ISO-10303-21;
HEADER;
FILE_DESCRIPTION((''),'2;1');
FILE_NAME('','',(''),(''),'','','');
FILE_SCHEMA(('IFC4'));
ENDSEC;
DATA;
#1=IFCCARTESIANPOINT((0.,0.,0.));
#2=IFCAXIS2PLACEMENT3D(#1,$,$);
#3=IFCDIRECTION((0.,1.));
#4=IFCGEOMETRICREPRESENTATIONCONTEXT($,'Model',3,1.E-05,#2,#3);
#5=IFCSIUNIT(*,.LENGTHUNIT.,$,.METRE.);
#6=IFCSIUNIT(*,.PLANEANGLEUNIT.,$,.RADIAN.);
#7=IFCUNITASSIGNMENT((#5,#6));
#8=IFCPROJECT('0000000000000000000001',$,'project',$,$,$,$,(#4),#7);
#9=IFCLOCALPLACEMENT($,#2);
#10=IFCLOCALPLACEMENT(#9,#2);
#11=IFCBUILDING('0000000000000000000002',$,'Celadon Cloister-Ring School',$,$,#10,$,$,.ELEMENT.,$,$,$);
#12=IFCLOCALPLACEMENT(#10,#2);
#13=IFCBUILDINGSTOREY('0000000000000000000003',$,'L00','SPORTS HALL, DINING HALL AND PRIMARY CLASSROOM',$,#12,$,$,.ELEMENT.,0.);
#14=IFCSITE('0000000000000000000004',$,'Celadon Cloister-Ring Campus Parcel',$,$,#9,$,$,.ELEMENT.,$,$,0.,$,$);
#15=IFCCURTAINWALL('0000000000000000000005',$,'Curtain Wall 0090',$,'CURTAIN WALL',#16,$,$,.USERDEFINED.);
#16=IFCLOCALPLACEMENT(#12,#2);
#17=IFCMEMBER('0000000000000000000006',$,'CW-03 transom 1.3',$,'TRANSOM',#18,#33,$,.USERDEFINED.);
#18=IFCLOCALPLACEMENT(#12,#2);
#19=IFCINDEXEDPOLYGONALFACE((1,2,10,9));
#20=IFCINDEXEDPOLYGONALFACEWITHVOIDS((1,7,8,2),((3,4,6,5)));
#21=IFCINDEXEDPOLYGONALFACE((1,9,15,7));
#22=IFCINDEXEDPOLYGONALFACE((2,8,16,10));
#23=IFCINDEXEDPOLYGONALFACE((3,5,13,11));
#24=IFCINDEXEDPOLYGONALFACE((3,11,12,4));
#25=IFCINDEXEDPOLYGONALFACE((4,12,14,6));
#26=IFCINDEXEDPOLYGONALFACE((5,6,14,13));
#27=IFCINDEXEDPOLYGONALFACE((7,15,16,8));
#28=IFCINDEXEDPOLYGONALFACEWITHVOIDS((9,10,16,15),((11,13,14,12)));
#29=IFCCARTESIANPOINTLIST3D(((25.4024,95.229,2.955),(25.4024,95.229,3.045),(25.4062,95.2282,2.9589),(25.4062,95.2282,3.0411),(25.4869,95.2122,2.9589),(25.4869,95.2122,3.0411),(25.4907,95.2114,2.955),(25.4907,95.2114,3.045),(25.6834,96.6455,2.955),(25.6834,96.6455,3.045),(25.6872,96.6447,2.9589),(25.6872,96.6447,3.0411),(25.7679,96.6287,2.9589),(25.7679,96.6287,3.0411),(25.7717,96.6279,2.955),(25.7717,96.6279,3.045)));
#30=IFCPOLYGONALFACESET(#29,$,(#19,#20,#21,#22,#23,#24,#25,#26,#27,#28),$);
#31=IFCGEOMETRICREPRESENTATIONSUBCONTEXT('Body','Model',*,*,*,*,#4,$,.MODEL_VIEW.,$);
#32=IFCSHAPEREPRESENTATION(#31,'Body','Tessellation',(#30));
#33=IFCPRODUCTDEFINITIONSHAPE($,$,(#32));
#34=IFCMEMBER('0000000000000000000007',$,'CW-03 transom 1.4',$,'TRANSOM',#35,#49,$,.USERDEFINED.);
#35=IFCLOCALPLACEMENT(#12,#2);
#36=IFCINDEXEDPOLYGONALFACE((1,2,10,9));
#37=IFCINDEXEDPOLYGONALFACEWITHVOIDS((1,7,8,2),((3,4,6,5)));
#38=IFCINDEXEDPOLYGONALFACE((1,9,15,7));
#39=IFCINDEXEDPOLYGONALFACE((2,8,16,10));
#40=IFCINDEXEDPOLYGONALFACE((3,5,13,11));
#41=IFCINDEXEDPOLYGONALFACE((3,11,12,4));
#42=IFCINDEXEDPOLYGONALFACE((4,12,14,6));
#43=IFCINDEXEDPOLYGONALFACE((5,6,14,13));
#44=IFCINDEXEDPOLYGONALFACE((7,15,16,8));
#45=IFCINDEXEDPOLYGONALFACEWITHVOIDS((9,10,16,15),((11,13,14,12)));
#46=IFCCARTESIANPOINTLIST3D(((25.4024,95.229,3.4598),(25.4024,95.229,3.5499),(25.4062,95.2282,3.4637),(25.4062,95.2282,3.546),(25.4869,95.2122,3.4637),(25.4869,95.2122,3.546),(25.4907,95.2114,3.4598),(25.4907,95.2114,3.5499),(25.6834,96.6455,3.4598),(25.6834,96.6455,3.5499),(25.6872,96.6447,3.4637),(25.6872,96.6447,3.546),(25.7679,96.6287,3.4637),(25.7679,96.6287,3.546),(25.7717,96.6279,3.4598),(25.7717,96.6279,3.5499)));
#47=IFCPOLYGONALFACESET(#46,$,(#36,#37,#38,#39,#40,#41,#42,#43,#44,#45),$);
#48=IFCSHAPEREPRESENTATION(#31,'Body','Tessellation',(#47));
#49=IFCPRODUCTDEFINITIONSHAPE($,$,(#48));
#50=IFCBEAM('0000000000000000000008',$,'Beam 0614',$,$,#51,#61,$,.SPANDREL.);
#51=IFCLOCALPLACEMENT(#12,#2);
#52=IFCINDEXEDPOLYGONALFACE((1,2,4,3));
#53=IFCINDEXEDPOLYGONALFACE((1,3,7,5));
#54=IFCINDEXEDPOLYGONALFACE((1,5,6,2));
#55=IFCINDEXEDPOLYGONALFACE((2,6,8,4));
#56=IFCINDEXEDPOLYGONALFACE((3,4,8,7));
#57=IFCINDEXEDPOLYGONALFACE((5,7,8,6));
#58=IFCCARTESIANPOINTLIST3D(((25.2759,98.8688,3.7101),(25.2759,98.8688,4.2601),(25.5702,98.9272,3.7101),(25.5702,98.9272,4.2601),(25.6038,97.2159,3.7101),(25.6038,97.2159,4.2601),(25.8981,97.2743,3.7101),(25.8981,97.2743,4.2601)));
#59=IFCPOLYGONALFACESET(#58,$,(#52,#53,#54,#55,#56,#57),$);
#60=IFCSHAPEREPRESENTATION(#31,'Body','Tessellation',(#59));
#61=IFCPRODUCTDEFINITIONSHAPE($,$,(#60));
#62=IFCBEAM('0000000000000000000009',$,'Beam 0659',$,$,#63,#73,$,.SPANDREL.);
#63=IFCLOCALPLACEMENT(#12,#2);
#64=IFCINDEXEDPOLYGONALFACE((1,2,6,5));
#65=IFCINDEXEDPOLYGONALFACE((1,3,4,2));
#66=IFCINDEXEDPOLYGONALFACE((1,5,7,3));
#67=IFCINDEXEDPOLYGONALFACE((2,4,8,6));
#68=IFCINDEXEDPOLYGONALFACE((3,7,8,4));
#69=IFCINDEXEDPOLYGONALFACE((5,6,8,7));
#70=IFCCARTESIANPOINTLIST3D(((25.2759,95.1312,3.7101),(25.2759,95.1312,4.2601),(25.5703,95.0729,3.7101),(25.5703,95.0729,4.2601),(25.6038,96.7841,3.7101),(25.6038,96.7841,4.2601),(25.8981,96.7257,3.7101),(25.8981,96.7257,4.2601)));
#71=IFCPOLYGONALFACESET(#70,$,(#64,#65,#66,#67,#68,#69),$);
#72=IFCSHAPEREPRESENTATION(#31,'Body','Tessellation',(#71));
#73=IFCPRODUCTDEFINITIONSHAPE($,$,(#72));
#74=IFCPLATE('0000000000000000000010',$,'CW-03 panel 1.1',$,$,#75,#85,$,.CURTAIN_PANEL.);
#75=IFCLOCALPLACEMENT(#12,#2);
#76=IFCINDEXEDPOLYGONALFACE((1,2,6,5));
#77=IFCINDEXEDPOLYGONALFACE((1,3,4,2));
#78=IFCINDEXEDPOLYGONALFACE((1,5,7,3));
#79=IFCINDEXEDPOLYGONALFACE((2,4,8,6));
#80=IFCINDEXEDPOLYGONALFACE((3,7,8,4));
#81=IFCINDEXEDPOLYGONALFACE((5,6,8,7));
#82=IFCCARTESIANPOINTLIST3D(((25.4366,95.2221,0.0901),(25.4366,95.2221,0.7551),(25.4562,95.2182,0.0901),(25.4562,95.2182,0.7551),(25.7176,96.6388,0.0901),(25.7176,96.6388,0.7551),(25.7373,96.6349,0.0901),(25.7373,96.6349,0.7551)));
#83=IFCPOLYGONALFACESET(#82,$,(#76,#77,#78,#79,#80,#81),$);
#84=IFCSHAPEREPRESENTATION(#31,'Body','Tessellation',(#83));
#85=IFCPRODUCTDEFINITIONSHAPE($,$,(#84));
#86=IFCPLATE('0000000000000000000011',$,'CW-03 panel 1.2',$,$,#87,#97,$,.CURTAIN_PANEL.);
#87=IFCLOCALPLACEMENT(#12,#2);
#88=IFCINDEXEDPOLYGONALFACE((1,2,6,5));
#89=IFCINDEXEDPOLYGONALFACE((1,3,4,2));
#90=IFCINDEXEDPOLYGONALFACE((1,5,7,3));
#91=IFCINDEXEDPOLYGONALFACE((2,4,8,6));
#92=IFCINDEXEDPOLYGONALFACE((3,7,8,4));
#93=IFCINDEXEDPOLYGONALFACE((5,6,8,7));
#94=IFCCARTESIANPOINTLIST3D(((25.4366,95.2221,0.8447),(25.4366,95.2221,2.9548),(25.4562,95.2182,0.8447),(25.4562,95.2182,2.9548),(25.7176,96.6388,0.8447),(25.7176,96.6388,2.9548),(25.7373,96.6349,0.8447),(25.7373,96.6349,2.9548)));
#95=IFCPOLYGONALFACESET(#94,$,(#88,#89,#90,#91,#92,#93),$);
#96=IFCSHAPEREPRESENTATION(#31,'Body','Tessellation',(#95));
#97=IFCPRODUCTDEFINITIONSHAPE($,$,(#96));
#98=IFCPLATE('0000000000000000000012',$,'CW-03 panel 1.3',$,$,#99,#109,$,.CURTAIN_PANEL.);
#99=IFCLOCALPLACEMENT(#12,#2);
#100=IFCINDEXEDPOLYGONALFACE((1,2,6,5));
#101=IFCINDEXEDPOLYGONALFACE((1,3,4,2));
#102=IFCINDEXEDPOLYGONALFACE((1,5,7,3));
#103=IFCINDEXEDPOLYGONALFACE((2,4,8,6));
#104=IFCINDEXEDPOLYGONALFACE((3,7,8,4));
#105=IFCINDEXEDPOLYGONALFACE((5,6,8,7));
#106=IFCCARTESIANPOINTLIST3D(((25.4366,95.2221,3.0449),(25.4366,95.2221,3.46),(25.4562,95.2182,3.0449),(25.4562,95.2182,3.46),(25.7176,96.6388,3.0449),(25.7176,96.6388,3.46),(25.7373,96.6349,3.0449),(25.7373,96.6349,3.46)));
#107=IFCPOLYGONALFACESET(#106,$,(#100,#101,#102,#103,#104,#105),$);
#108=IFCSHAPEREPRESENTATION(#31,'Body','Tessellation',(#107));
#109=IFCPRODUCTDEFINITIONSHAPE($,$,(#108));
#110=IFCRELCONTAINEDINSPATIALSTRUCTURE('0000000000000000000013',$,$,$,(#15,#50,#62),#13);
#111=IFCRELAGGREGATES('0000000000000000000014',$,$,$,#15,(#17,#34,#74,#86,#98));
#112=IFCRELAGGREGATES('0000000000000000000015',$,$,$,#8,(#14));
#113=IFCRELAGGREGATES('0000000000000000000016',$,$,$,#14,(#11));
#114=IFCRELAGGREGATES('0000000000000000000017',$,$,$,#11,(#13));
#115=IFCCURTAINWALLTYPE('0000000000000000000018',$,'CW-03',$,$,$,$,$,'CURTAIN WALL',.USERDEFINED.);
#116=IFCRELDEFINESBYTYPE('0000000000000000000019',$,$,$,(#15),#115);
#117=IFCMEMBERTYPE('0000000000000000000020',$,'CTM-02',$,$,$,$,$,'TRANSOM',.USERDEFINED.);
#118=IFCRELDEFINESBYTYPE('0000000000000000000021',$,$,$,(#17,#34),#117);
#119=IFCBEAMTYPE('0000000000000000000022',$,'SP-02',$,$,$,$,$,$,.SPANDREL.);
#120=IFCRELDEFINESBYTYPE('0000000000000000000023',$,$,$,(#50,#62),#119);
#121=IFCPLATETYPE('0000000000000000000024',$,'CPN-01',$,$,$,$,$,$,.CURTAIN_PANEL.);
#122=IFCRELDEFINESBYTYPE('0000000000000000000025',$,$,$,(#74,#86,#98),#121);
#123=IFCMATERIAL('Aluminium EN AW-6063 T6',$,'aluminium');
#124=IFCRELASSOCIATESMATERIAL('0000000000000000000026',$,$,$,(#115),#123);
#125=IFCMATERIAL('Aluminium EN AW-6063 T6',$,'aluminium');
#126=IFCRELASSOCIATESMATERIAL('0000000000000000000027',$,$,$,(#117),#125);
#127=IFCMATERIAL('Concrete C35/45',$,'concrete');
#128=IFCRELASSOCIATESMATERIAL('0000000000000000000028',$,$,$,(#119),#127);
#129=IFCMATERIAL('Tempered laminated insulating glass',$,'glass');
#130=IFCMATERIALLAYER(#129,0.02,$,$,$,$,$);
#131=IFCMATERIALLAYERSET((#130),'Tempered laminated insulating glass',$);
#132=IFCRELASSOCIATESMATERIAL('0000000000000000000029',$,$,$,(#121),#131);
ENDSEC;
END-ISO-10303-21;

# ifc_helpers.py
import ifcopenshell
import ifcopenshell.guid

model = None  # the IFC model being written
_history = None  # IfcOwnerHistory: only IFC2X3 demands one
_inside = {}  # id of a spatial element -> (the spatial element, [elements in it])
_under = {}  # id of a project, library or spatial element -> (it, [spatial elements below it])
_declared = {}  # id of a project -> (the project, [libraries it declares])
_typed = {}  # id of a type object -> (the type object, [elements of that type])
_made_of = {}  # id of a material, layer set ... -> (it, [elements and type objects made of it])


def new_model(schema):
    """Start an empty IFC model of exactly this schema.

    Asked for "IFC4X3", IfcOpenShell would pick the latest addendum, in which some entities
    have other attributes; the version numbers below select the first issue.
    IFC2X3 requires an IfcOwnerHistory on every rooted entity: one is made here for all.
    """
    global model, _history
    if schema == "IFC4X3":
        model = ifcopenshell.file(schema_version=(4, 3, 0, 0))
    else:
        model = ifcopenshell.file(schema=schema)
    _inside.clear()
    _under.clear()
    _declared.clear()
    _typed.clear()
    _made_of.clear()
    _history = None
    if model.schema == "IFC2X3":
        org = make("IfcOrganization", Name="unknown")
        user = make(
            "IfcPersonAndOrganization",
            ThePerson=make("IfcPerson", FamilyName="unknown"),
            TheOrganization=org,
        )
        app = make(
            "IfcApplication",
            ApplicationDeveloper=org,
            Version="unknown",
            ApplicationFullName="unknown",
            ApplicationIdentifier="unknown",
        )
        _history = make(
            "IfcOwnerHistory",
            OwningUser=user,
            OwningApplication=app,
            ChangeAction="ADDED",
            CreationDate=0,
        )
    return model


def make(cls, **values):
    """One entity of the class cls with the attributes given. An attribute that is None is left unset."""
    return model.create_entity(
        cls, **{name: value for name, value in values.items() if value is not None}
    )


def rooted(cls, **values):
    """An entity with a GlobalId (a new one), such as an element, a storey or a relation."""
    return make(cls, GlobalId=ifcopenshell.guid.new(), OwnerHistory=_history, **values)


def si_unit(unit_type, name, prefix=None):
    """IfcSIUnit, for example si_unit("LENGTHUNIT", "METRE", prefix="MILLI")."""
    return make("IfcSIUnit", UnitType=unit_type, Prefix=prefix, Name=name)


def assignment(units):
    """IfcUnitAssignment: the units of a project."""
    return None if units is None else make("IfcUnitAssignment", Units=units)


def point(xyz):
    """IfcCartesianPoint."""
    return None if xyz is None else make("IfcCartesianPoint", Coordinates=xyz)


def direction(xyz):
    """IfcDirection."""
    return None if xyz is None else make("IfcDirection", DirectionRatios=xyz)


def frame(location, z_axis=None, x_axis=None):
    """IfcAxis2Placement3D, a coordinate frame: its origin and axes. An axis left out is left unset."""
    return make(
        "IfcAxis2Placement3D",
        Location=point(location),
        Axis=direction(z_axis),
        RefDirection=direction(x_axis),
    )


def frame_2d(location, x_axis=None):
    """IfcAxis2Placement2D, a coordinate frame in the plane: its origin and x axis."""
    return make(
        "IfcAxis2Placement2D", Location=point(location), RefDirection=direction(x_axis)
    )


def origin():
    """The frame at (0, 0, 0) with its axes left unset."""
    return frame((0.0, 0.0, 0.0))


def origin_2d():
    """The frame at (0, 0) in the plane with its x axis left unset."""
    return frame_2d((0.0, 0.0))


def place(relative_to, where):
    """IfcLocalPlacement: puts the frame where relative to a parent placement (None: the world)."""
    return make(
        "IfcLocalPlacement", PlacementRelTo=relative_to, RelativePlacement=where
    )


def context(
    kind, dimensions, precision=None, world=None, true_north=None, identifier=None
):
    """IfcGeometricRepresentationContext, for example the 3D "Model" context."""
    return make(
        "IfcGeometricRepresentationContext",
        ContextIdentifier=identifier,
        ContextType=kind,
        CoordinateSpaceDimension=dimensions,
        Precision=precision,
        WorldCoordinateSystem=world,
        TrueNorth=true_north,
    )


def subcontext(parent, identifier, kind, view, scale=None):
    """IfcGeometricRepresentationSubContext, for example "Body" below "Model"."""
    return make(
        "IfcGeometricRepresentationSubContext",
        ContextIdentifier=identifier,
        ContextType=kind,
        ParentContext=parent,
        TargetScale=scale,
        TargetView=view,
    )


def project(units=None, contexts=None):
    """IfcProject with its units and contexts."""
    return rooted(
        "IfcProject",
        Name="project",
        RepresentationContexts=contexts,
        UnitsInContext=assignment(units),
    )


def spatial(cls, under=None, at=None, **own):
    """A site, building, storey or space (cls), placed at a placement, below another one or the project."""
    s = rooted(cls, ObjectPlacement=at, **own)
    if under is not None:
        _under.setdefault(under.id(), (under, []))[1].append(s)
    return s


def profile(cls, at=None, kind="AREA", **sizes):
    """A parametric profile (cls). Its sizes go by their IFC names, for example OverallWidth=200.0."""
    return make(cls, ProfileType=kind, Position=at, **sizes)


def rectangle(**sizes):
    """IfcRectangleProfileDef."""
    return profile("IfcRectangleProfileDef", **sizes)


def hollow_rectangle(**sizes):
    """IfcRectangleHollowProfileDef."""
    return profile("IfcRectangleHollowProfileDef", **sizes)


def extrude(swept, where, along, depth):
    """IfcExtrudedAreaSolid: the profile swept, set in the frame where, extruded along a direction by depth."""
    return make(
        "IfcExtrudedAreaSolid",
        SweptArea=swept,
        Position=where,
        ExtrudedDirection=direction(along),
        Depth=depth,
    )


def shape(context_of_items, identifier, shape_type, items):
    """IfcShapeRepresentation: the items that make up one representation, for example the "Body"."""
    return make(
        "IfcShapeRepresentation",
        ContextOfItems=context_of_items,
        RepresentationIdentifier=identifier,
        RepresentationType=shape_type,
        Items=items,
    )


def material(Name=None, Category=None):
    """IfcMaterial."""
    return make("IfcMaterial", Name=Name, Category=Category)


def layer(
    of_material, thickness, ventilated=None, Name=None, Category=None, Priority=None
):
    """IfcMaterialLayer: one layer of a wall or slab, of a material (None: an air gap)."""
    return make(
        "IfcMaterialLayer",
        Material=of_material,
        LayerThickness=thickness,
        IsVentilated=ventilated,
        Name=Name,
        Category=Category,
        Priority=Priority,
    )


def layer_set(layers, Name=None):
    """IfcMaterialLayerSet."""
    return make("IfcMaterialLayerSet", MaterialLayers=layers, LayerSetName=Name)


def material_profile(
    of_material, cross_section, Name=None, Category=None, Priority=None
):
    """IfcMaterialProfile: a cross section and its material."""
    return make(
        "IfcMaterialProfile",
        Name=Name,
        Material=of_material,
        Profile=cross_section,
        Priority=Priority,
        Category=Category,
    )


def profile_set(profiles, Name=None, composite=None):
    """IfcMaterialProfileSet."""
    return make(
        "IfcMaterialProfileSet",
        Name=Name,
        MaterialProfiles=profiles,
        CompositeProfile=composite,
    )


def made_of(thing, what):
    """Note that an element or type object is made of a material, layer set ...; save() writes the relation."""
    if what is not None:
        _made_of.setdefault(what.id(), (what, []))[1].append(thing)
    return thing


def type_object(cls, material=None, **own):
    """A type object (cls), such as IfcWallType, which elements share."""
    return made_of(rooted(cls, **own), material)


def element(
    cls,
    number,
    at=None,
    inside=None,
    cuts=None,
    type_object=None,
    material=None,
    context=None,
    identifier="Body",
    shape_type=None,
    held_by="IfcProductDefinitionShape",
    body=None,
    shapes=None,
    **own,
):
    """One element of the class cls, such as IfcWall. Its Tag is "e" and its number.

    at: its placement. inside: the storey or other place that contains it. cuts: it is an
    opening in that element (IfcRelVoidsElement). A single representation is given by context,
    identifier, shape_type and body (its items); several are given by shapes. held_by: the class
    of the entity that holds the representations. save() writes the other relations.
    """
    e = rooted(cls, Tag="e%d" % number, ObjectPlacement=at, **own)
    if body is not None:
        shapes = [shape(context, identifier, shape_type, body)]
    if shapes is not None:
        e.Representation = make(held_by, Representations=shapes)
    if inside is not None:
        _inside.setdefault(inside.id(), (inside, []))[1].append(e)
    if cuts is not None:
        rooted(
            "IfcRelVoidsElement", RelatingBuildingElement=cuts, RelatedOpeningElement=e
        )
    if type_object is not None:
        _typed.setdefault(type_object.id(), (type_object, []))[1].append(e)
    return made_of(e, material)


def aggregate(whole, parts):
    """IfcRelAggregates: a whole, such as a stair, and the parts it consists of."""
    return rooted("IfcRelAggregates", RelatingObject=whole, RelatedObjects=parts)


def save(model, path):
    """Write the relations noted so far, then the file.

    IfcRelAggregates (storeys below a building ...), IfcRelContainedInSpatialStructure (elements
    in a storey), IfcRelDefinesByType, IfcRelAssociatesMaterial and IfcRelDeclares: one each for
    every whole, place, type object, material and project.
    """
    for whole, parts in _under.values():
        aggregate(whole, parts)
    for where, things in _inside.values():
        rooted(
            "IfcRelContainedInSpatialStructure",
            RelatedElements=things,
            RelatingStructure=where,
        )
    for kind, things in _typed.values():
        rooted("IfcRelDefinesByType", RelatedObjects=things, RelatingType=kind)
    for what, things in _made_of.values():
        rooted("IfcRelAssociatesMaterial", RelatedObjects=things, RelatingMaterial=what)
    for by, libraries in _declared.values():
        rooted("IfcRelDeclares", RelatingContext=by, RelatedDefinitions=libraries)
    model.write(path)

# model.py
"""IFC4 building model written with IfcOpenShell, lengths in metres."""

from ifc_helpers import new_model, si_unit, direction, frame, origin, origin_2d, place, context, subcontext, project, spatial, rectangle, hollow_rectangle, extrude, material, layer, layer_set, material_profile, profile_set, type_object, element, aggregate, save


model = new_model("IFC4")

# Units and contexts
model_context = context("Model", 3, precision=1e-05, world=origin(), true_north=direction((0.0, 1.0)))
body_context = subcontext(model_context, "Body", "Model", "MODEL_VIEW")
ifc_project = project(units=[si_unit("LENGTHUNIT", "METRE"), si_unit("PLANEANGLEUNIT", "RADIAN")], contexts=[model_context])

# Site, building, storey
site_placement = place(None, origin())
site = spatial("IfcSite", under=ifc_project, at=site_placement, Name="Celadon Cloister-Ring Campus Parcel", CompositionType="ELEMENT", RefElevation=0.0)
building_placement = place(site_placement, origin())
building = spatial("IfcBuilding", under=site, at=building_placement, Name="Celadon Cloister-Ring School", CompositionType="ELEMENT")
storey_placement = place(building_placement, origin())
storey = spatial("IfcBuildingStorey", under=building, at=storey_placement, Name="L00", Description="SPORTS HALL, DINING HALL AND PRIMARY CLASSROOM", CompositionType="ELEMENT", Elevation=0.0)

# Shared definitions
ifc_material_1 = material(Name="Aluminium EN AW-6063 T6", Category="aluminium")
curtain_wall_type = type_object("IfcCurtainWallType", Name="CW-03", ElementType="CURTAIN WALL", PredefinedType="USERDEFINED", material=ifc_material_1)

# Curtain wall, members
curtain_wall_1_placement = place(storey_placement, origin())
curtain_wall_1 = element("IfcCurtainWall", 1, at=curtain_wall_1_placement, inside=storey, type_object=curtain_wall_type, Name="Curtain Wall 0090", ObjectType="CURTAIN WALL", PredefinedType="USERDEFINED")
ifc_material_2 = material(Name="Aluminium EN AW-6063 T6", Category="aluminium")
ifc_material_profile_1 = material_profile(ifc_material_2, hollow_rectangle(XDim=0.0901, YDim=0.0901, WallThickness=0.0039, at=origin_2d()), Name="RHS90X90X4")
ifc_profile_set_1 = profile_set([ifc_material_profile_1], Name="Aluminium EN AW-6063 T6")
member_type_1 = type_object("IfcMemberType", Name="CTM-02", ElementType="TRANSOM", PredefinedType="USERDEFINED", material=ifc_profile_set_1)
member_1_placement = place(storey_placement, frame((25.4465, 95.2202, 3.0), z_axis=(0.194588, 0.980885, 0.0), x_axis=(-0.980885, 0.194588, 0.0)))
member_1 = element("IfcMember", 2, at=member_1_placement, type_object=member_type_1, Name="CW-03 transom 1.3", ObjectType="TRANSOM", PredefinedType="USERDEFINED", context=body_context, shape_type="SweptSolid", body=[
    extrude(hollow_rectangle(XDim=0.0901, YDim=0.0901, WallThickness=0.0039, at=origin_2d()), origin(), (0.0, 0.0, 1.0), 1.4441),
])
member_2_placement = place(storey_placement, frame((25.4465, 95.2202, 3.5049), z_axis=(0.194588, 0.980885, 0.0), x_axis=(-0.980885, 0.194588, 0.0)))
member_2 = element("IfcMember", 3, at=member_2_placement, type_object=member_type_1, Name="CW-03 transom 1.4", ObjectType="TRANSOM", PredefinedType="USERDEFINED", context=body_context, shape_type="SweptSolid", body=[
    extrude(hollow_rectangle(XDim=0.0901, YDim=0.0901, WallThickness=0.0039, at=origin_2d()), origin(), (0.0, 0.0, 1.0), 1.4441),
])

# Beams
ifc_material_3 = material(Name="Concrete C35/45", Category="concrete")
ifc_material_profile_2 = material_profile(ifc_material_3, rectangle(XDim=0.3, YDim=0.55, at=origin_2d()), Name="RC300X550")
ifc_profile_set_2 = profile_set([ifc_material_profile_2], Name="Concrete C35/45")
beam_type_1 = type_object("IfcBeamType", Name="SP-02", PredefinedType="SPANDREL", material=ifc_profile_set_2)
for number, where, z_axis, x_axis, name in (
    (4, (25.751, 97.2451, 3.9851), (-0.194583, 0.980886, 0.0), (-0.980886, -0.194583, 0.0), "Beam 0614"),
    (5, (25.4231, 95.1021, 3.9851), (0.194583, 0.980886, 0.0), (-0.980886, 0.194583, 0.0), "Beam 0659"),
):
    element("IfcBeam", number, at=place(storey_placement, frame(where, z_axis=z_axis, x_axis=x_axis)), inside=storey, type_object=beam_type_1, Name=name, PredefinedType="SPANDREL", context=body_context, shape_type="SweptSolid", body=[
        extrude(rectangle(XDim=0.3, YDim=0.55, at=origin_2d()), origin(), (0.0, 0.0, 1.0), 1.6851),
    ])

# Plates
ifc_material_4 = material(Name="Tempered laminated insulating glass", Category="glass")
ifc_layer = layer(ifc_material_4, 0.02)
ifc_layer_set = layer_set([ifc_layer], Name="Tempered laminated insulating glass")
plate_type = type_object("IfcPlateType", Name="CPN-01", PredefinedType="CURTAIN_PANEL", material=ifc_layer_set)
plate_1_placement = place(storey_placement, frame((25.5869, 95.9285, 0.0901), z_axis=(0.0, 0.0, 1.0), x_axis=(0.194586, 0.980885, 0.0)))
plate_1 = element("IfcPlate", 6, at=plate_1_placement, type_object=plate_type, Name="CW-03 panel 1.1", PredefinedType="CURTAIN_PANEL", context=body_context, shape_type="SweptSolid", body=[
    extrude(rectangle(XDim=1.4443, YDim=0.02, at=origin_2d()), origin(), (0.0, 0.0, 1.0), 0.665),
])
plate_2_placement = place(storey_placement, frame((25.5869, 95.9285, 0.8447), z_axis=(0.0, 0.0, 1.0), x_axis=(0.194586, 0.980885, 0.0)))
plate_2 = element("IfcPlate", 7, at=plate_2_placement, type_object=plate_type, Name="CW-03 panel 1.2", PredefinedType="CURTAIN_PANEL", context=body_context, shape_type="SweptSolid", body=[
    extrude(rectangle(XDim=1.4443, YDim=0.02, at=origin_2d()), origin(), (0.0, 0.0, 1.0), 2.1101),
])
plate_3_placement = place(storey_placement, frame((25.5869, 95.9285, 3.0449), z_axis=(0.0, 0.0, 1.0), x_axis=(0.194586, 0.980885, 0.0)))
plate_3 = element("IfcPlate", 8, at=plate_3_placement, type_object=plate_type, Name="CW-03 panel 1.3", PredefinedType="CURTAIN_PANEL", context=body_context, shape_type="SweptSolid", body=[
    extrude(rectangle(XDim=1.4443, YDim=0.02, at=origin_2d()), origin(), (0.0, 0.0, 1.0), 0.415),
])
aggregate(curtain_wall_1, [member_1, member_2, plate_1, plate_2, plate_3])

save(model, "model.ifc")
